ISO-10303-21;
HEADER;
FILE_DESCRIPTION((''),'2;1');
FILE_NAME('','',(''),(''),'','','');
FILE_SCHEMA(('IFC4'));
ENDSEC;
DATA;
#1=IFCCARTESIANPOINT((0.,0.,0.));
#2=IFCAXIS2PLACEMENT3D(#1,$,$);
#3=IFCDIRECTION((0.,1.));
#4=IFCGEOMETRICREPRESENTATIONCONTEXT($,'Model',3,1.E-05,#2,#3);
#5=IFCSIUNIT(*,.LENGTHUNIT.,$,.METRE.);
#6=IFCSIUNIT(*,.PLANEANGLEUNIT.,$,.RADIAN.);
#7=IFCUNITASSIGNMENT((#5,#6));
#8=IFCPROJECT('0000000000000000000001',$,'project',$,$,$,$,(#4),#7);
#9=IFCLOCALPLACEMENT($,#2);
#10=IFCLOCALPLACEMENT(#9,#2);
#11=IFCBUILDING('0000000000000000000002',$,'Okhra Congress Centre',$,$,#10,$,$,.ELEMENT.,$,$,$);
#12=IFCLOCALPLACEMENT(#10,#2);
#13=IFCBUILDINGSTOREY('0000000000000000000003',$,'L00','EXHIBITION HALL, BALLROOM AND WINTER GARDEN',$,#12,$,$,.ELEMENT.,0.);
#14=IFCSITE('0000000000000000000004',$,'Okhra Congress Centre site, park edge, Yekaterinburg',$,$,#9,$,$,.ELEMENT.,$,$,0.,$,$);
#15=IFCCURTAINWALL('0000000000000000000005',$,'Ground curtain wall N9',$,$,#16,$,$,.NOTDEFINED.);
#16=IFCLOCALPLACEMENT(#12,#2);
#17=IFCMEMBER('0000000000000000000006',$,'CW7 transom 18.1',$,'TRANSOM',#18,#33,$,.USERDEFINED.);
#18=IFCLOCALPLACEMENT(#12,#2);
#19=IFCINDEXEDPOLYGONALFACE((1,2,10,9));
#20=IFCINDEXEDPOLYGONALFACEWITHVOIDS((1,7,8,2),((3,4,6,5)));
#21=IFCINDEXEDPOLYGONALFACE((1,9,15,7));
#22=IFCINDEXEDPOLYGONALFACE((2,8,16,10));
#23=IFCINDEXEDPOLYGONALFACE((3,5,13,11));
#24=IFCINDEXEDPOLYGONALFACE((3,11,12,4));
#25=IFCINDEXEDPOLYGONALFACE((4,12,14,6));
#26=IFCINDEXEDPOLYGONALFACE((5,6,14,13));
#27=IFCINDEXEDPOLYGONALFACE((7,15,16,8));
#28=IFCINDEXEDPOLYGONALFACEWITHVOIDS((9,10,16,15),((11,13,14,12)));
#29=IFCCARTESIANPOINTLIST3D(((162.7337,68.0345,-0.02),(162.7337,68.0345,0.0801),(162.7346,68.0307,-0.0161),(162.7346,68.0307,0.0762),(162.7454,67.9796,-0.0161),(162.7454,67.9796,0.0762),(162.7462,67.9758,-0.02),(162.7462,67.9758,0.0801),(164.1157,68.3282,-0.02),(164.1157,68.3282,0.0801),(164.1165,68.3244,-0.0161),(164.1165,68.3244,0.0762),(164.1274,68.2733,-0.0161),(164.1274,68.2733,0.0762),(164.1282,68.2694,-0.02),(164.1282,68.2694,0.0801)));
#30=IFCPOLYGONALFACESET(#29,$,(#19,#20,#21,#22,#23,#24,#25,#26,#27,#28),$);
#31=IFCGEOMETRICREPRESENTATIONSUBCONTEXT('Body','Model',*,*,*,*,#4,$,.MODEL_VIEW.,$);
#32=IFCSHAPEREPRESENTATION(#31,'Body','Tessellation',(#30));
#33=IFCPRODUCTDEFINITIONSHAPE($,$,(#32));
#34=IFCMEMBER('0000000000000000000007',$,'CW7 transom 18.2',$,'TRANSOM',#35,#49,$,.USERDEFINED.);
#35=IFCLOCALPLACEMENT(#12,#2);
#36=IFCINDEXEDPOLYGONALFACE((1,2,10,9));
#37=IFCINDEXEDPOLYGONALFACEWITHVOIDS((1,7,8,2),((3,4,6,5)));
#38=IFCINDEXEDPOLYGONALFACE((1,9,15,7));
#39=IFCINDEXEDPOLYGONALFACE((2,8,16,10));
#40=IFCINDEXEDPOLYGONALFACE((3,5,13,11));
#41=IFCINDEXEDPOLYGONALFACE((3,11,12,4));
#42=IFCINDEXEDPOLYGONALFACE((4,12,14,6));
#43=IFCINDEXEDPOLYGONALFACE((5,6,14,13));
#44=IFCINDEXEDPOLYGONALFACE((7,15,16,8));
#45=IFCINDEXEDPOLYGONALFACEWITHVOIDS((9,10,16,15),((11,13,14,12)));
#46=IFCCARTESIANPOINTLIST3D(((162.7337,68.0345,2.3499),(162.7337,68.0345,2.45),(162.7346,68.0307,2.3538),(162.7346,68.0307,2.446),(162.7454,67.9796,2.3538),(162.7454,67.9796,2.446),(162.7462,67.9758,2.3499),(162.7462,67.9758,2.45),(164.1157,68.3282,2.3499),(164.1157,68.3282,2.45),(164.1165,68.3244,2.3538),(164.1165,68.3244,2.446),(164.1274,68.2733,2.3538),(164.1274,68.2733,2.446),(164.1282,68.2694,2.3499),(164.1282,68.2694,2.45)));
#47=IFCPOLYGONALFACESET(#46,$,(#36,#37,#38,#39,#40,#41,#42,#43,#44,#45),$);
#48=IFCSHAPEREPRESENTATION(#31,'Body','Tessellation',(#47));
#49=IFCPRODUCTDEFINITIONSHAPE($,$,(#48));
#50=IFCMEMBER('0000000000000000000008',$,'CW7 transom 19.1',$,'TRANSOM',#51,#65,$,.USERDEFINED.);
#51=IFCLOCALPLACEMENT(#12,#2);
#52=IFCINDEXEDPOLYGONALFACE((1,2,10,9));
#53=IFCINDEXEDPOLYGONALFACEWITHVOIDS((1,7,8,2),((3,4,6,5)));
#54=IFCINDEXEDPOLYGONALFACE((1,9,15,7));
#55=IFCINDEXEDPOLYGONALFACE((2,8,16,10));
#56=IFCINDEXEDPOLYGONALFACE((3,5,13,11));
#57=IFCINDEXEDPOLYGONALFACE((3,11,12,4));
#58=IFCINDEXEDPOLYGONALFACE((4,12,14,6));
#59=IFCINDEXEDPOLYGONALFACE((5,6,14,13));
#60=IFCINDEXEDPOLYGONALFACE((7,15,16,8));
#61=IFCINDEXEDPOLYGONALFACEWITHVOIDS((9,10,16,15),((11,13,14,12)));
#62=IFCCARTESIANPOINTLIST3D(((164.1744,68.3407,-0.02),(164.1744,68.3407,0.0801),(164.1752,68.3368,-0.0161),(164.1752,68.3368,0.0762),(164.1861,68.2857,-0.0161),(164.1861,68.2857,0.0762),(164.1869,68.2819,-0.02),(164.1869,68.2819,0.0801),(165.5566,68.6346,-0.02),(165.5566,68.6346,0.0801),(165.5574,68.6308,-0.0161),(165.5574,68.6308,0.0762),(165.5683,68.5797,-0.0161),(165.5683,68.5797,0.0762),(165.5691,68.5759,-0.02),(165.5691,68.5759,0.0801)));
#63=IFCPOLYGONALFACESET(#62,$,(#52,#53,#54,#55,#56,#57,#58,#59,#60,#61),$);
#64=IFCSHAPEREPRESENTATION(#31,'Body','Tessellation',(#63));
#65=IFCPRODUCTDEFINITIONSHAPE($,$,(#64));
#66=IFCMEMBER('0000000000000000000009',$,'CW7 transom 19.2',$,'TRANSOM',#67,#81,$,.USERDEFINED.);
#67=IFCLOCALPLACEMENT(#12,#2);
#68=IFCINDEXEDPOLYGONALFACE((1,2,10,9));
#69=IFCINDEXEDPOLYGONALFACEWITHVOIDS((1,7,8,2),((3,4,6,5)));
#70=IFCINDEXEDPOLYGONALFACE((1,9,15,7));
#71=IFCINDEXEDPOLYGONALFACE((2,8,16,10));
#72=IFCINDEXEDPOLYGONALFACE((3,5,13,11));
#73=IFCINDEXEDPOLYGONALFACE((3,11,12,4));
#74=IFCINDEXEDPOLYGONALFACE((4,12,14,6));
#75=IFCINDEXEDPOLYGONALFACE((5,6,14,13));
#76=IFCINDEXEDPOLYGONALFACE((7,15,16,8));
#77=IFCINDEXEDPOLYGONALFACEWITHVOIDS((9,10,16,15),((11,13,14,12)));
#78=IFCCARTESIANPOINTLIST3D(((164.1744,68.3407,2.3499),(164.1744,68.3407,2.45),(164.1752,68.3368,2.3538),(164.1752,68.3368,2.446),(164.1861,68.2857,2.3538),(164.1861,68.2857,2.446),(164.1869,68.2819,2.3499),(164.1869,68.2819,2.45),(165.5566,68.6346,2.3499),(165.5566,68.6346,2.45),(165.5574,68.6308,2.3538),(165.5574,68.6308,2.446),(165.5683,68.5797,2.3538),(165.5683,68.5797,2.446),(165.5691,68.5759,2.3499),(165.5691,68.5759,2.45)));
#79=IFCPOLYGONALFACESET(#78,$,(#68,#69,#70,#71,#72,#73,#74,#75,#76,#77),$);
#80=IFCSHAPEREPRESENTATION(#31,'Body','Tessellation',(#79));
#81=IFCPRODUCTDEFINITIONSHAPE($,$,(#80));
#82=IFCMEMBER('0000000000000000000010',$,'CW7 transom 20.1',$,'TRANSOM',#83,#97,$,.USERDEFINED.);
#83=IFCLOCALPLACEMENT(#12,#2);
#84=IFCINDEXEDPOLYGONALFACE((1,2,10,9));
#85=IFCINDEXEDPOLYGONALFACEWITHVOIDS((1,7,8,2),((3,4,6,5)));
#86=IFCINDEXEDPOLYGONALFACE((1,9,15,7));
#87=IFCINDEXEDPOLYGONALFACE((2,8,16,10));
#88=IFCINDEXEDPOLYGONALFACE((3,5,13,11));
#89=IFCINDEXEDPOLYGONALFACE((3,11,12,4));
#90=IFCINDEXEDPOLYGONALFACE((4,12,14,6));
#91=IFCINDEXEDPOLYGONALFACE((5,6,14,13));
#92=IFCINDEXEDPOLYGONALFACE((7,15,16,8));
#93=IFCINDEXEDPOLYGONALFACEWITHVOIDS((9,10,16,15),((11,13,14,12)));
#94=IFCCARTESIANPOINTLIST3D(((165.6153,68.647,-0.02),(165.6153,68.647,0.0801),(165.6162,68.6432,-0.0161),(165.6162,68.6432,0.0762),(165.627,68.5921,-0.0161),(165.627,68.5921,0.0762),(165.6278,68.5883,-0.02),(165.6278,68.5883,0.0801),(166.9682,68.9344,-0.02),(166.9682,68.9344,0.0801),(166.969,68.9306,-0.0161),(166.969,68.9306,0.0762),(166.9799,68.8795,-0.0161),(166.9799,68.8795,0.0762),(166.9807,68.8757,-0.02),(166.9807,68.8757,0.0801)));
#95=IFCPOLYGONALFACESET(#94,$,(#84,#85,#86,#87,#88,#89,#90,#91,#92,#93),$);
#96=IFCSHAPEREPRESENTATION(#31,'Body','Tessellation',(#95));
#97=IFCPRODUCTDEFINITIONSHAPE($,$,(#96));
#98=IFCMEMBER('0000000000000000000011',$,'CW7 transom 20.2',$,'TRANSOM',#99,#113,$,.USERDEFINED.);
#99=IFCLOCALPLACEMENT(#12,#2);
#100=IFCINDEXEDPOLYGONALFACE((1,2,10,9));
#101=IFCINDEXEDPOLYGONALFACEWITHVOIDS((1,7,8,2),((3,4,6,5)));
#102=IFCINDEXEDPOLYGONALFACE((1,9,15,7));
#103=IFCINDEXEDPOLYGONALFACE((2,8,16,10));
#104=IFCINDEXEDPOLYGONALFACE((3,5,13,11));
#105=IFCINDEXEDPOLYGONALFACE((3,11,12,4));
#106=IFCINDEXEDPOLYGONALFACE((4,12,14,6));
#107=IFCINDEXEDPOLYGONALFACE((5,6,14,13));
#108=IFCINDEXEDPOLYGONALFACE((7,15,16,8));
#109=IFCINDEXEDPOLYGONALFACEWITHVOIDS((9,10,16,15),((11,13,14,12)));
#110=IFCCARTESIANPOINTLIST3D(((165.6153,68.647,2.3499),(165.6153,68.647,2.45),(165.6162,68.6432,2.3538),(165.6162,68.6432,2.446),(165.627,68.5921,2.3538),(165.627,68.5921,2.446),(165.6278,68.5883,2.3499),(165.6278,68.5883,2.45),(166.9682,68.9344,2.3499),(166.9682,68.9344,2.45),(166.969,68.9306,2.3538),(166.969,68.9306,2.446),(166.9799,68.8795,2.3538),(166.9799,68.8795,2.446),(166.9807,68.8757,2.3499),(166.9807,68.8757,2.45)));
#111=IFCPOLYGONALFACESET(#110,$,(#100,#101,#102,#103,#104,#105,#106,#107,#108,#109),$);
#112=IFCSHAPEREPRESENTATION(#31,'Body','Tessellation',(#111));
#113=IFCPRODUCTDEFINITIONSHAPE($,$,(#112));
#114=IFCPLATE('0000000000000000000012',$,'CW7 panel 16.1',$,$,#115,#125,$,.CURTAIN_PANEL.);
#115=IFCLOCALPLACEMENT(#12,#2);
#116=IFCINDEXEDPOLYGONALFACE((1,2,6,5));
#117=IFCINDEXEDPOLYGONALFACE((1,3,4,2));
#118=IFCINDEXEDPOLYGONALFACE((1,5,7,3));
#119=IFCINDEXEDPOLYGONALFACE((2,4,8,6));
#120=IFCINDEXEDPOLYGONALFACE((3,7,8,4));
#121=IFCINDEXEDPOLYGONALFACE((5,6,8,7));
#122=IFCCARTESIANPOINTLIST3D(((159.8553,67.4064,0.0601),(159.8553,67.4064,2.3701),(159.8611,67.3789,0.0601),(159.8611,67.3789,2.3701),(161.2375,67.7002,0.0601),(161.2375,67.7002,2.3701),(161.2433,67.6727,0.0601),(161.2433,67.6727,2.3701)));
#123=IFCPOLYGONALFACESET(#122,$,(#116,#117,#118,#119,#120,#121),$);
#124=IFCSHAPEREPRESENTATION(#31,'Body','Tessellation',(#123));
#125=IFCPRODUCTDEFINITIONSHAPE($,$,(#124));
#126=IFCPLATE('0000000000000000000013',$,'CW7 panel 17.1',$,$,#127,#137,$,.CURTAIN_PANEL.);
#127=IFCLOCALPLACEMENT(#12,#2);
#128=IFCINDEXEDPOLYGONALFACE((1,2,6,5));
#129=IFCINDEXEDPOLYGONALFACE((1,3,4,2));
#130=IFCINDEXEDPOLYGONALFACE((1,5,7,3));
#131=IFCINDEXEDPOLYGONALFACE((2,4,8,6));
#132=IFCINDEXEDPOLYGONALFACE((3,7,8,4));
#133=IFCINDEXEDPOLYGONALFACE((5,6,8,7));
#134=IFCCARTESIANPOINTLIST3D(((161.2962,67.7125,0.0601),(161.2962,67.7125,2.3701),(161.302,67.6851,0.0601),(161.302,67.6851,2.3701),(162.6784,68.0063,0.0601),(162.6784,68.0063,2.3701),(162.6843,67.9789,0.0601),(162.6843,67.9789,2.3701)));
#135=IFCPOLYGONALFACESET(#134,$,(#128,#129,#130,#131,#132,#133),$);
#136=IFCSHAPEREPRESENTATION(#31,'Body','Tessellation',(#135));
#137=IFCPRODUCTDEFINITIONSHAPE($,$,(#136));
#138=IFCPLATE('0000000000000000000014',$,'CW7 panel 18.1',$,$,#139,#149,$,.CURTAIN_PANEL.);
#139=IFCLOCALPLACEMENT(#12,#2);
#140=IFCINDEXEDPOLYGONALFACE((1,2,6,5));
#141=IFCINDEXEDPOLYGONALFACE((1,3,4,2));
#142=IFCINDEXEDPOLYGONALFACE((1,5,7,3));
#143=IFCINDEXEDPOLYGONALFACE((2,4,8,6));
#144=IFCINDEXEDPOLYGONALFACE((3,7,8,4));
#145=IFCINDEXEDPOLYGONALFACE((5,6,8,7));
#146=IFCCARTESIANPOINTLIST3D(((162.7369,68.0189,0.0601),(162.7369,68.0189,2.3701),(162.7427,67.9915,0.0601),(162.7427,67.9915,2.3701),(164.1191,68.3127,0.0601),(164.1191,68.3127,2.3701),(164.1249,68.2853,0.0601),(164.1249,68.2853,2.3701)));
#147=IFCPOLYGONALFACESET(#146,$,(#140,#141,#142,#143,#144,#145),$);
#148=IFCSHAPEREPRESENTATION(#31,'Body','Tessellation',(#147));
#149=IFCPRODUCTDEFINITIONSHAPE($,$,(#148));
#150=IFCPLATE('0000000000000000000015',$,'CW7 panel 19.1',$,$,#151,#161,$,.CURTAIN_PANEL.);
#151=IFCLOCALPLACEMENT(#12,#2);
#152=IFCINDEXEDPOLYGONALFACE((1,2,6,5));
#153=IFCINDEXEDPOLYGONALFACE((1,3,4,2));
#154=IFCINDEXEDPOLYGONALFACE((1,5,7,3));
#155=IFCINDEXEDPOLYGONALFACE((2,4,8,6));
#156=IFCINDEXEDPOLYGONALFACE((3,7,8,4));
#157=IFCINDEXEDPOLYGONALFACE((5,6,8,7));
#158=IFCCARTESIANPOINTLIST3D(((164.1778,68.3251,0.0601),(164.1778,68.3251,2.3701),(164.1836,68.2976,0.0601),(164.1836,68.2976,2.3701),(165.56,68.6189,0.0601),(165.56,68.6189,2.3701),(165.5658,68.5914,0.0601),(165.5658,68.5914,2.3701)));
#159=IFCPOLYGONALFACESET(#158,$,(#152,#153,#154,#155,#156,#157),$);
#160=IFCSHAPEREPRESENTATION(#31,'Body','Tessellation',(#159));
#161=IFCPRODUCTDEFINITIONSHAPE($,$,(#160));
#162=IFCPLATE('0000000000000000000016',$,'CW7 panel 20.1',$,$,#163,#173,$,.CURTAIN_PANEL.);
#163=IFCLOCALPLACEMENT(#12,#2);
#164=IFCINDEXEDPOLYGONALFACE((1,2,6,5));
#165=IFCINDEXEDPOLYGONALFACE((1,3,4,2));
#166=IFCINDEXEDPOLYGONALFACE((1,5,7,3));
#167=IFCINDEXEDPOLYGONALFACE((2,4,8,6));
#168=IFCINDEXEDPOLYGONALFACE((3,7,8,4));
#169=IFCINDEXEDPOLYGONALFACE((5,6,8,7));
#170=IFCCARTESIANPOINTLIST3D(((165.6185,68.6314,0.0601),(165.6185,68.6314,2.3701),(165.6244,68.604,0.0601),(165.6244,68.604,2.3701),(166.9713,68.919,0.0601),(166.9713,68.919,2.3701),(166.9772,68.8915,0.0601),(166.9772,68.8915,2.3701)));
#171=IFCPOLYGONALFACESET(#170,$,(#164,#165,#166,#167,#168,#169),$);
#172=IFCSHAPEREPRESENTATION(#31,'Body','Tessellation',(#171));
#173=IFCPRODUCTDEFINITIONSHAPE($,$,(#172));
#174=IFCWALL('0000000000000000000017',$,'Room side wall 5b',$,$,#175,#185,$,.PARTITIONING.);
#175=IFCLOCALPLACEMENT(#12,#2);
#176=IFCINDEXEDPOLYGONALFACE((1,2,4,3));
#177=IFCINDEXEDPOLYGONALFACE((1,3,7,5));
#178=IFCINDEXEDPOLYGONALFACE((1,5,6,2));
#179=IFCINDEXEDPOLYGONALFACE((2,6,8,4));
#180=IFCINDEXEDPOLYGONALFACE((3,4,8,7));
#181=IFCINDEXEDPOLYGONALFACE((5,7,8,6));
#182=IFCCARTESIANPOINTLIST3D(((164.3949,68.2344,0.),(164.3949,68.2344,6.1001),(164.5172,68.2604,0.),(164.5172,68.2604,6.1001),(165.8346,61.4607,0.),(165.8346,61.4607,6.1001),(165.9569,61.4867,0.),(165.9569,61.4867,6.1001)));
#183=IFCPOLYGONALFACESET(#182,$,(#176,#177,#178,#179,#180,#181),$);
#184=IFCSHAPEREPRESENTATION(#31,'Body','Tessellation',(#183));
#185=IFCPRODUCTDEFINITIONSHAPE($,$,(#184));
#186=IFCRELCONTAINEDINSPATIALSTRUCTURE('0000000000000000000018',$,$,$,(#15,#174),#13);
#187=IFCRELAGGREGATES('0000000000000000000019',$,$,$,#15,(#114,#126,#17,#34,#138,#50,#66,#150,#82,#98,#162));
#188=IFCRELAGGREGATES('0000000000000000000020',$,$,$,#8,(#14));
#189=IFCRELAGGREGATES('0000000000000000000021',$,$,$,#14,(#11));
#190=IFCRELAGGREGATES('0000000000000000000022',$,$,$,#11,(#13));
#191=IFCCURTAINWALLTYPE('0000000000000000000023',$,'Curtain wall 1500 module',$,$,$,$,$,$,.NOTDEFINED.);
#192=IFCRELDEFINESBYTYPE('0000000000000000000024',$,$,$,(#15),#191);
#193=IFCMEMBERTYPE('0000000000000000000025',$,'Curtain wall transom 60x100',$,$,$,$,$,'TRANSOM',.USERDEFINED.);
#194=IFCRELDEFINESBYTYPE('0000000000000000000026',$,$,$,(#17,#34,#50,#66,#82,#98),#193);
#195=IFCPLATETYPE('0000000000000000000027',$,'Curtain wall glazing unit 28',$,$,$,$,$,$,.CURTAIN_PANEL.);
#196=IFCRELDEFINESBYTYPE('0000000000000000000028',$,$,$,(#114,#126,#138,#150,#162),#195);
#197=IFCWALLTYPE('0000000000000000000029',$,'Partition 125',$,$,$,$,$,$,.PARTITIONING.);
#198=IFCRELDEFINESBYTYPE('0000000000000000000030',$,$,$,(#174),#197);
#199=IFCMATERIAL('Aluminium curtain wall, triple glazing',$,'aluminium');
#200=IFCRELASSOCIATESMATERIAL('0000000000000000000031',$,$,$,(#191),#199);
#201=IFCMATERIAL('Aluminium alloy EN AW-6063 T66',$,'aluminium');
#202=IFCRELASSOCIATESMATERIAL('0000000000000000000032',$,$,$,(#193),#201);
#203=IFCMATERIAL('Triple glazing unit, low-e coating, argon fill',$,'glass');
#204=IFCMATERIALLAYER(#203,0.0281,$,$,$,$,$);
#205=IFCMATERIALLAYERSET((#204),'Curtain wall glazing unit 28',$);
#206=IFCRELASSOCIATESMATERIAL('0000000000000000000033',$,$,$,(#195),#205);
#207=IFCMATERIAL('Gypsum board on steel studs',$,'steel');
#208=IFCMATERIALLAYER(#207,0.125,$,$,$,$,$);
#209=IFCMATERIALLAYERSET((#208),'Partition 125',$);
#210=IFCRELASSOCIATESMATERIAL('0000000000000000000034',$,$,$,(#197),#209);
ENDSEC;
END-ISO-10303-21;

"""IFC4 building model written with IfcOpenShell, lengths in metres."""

from ifc_helpers import new_model, si_unit, direction, frame, frame_2d, origin, origin_2d, place, context, subcontext, project, spatial, rectangle, hollow_rectangle, extrude, material, layer, layer_set, material_profile, profile_set, type_object, element, aggregate, save


model = new_model("IFC4")

# Units and contexts
model_context = context("Model", 3, precision=1e-05, world=origin(), true_north=direction((0.0, 1.0)))
body_context = subcontext(model_context, "Body", "Model", "MODEL_VIEW")
ifc_project = project(units=[si_unit("LENGTHUNIT", "METRE"), si_unit("PLANEANGLEUNIT", "RADIAN")], contexts=[model_context])

# Site, building, storey
site_placement = place(None, origin())
site = spatial("IfcSite", under=ifc_project, at=site_placement, Name="Okhra Congress Centre site, park edge, Yekaterinburg", CompositionType="ELEMENT", RefElevation=0.0)
building_placement = place(site_placement, origin())
building = spatial("IfcBuilding", under=site, at=building_placement, Name="Okhra Congress Centre", CompositionType="ELEMENT")
storey_placement = place(building_placement, origin())
storey = spatial("IfcBuildingStorey", under=building, at=storey_placement, Name="L00", Description="EXHIBITION HALL, BALLROOM AND WINTER GARDEN", CompositionType="ELEMENT", Elevation=0.0)

# Curtain wall, members, plates
ifc_material_1 = material(Name="Aluminium curtain wall, triple glazing", Category="aluminium")
curtain_wall_type = type_object("IfcCurtainWallType", Name="Curtain wall 1500 module", PredefinedType="NOTDEFINED", material=ifc_material_1)
curtain_wall_placement = place(storey_placement, origin())
curtain_wall = element("IfcCurtainWall", 1, at=curtain_wall_placement, inside=storey, type_object=curtain_wall_type, Name="Ground curtain wall N9", PredefinedType="NOTDEFINED")
ifc_material_2 = material(Name="Aluminium alloy EN AW-6063 T66", Category="aluminium")
ifc_material_profile_1 = material_profile(ifc_material_2, hollow_rectangle(XDim=0.0601, YDim=0.1001, WallThickness=0.0039, at=origin_2d()), Name="RHS 60x100x4")
ifc_profile_set_1 = profile_set([ifc_material_profile_1], Name="Aluminium alloy EN AW-6063 T66")
member_type_1 = type_object("IfcMemberType", Name="Curtain wall transom 60x100", ElementType="TRANSOM", PredefinedType="USERDEFINED", material=ifc_profile_set_1)
member_1_placement = place(storey_placement, frame((162.74, 68.0051, 0.03), z_axis=(0.978158, 0.207865, 0.0), x_axis=(-0.207865, 0.978158, 0.0)))
member_1 = element("IfcMember", 2, at=member_1_placement, type_object=member_type_1, Name="CW7 transom 18.1", ObjectType="TRANSOM", PredefinedType="USERDEFINED", context=body_context, shape_type="SweptSolid", body=[
    extrude(hollow_rectangle(XDim=0.0601, YDim=0.1001, WallThickness=0.0039, at=origin_2d()), origin(), (0.0, 0.0, 1.0), 1.4128),
])
member_2_placement = place(storey_placement, frame((162.74, 68.0051, 2.3999), z_axis=(0.978158, 0.207865, 0.0), x_axis=(-0.207865, 0.978158, 0.0)))
member_2 = element("IfcMember", 3, at=member_2_placement, type_object=member_type_1, Name="CW7 transom 18.2", ObjectType="TRANSOM", PredefinedType="USERDEFINED", context=body_context, shape_type="SweptSolid", body=[
    extrude(hollow_rectangle(XDim=0.0601, YDim=0.1001, WallThickness=0.0039, at=origin_2d()), origin(), (0.0, 0.0, 1.0), 1.4128),
])
member_3_placement = place(storey_placement, frame((164.1807, 68.3113, 0.03), z_axis=(0.978122, 0.20803, 0.0), x_axis=(-0.20803, 0.978122, 0.0)))
member_3 = element("IfcMember", 4, at=member_3_placement, type_object=member_type_1, Name="CW7 transom 19.1", ObjectType="TRANSOM", PredefinedType="USERDEFINED", context=body_context, shape_type="SweptSolid", body=[
    extrude(hollow_rectangle(XDim=0.0601, YDim=0.1001, WallThickness=0.0039, at=origin_2d()), origin(), (0.0, 0.0, 1.0), 1.4131),
])
member_4_placement = place(storey_placement, frame((164.1807, 68.3113, 2.3999), z_axis=(0.978122, 0.20803, 0.0), x_axis=(-0.20803, 0.978122, 0.0)))
member_4 = element("IfcMember", 5, at=member_4_placement, type_object=member_type_1, Name="CW7 transom 19.2", ObjectType="TRANSOM", PredefinedType="USERDEFINED", context=body_context, shape_type="SweptSolid", body=[
    extrude(hollow_rectangle(XDim=0.0601, YDim=0.1001, WallThickness=0.0039, at=origin_2d()), origin(), (0.0, 0.0, 1.0), 1.4131),
])
member_5_placement = place(storey_placement, frame((165.6216, 68.6177, 0.03), z_axis=(0.978175, 0.207781, 0.0), x_axis=(-0.207781, 0.978175, 0.0)))
member_5 = element("IfcMember", 6, at=member_5_placement, type_object=member_type_1, Name="CW7 transom 20.1", ObjectType="TRANSOM", PredefinedType="USERDEFINED", context=body_context, shape_type="SweptSolid", body=[
    extrude(hollow_rectangle(XDim=0.0601, YDim=0.1001, WallThickness=0.0039, at=origin_2d()), origin(), (0.0, 0.0, 1.0), 1.3831),
])
member_6_placement = place(storey_placement, frame((165.6216, 68.6177, 2.3999), z_axis=(0.978175, 0.207781, 0.0), x_axis=(-0.207781, 0.978175, 0.0)))
member_6 = element("IfcMember", 7, at=member_6_placement, type_object=member_type_1, Name="CW7 transom 20.2", ObjectType="TRANSOM", PredefinedType="USERDEFINED", context=body_context, shape_type="SweptSolid", body=[
    extrude(hollow_rectangle(XDim=0.0601, YDim=0.1001, WallThickness=0.0039, at=origin_2d()), origin(), (0.0, 0.0, 1.0), 1.3831),
])
ifc_material_3 = material(Name="Triple glazing unit, low-e coating, argon fill", Category="glass")
ifc_layer_1 = layer(ifc_material_3, 0.0281)
ifc_layer_set_1 = layer_set([ifc_layer_1], Name="Curtain wall glazing unit 28")
plate_type = type_object("IfcPlateType", Name="Curtain wall glazing unit 28", PredefinedType="CURTAIN_PANEL", material=ifc_layer_set_1)
plate_1_placement = place(storey_placement, frame((160.5493, 67.5396, 0.0601), z_axis=(0.0, 0.0, 1.0), x_axis=(0.978148, 0.207912, 0.0)))
plate_1 = element("IfcPlate", 8, at=plate_1_placement, type_object=plate_type, Name="CW7 panel 16.1", PredefinedType="CURTAIN_PANEL", context=body_context, shape_type="SweptSolid", body=[
    extrude(rectangle(XDim=1.4131, YDim=0.0281, at=origin_2d()), origin(), (0.0, 0.0, 1.0), 2.3101),
])
plate_2_placement = place(storey_placement, frame((161.9902, 67.8457, 0.0601), z_axis=(0.0, 0.0, 1.0), x_axis=(0.978148, 0.207912, 0.0)))
plate_2 = element("IfcPlate", 9, at=plate_2_placement, type_object=plate_type, Name="CW7 panel 17.1", PredefinedType="CURTAIN_PANEL", context=body_context, shape_type="SweptSolid", body=[
    extrude(rectangle(XDim=1.4131, YDim=0.0281, at=origin_2d()), origin(), (0.0, 0.0, 1.0), 2.3101),
])
plate_3_placement = place(storey_placement, frame((163.4309, 68.1521, 0.0601), z_axis=(0.0, 0.0, 1.0), x_axis=(0.978148, 0.207912, 0.0)))
plate_3 = element("IfcPlate", 10, at=plate_3_placement, type_object=plate_type, Name="CW7 panel 18.1", PredefinedType="CURTAIN_PANEL", context=body_context, shape_type="SweptSolid", body=[
    extrude(rectangle(XDim=1.4131, YDim=0.0281, at=origin_2d()), origin(), (0.0, 0.0, 1.0), 2.3101),
])
plate_4_placement = place(storey_placement, frame((164.8718, 68.4583, 0.0601), z_axis=(0.0, 0.0, 1.0), x_axis=(0.978148, 0.207912, 0.0)))
plate_4 = element("IfcPlate", 11, at=plate_4_placement, type_object=plate_type, Name="CW7 panel 19.1", PredefinedType="CURTAIN_PANEL", context=body_context, shape_type="SweptSolid", body=[
    extrude(rectangle(XDim=1.4131, YDim=0.0281, at=origin_2d()), origin(), (0.0, 0.0, 1.0), 2.3101),
])
plate_5_placement = place(storey_placement, frame((166.2979, 68.7615, 0.0601), z_axis=(0.0, 0.0, 1.0), x_axis=(0.978148, 0.207912, 0.0)))
plate_5 = element("IfcPlate", 12, at=plate_5_placement, type_object=plate_type, Name="CW7 panel 20.1", PredefinedType="CURTAIN_PANEL", context=body_context, shape_type="SweptSolid", body=[
    extrude(rectangle(XDim=1.3831, YDim=0.0281, at=origin_2d()), origin(), (0.0, 0.0, 1.0), 2.3101),
])
aggregate(curtain_wall, [plate_1, plate_2, member_1, member_2, plate_3, member_3, member_4, plate_4, member_5, member_6, plate_5])

# Wall
ifc_material_4 = material(Name="Gypsum board on steel studs", Category="steel")
ifc_layer_2 = layer(ifc_material_4, 0.125)
ifc_layer_set_2 = layer_set([ifc_layer_2], Name="Partition 125")
wall_type_1 = type_object("IfcWallType", Name="Partition 125", PredefinedType="PARTITIONING", material=ifc_layer_set_2)
wall_1_placement = place(storey_placement, frame((164.4561, 68.2473, 0.0), z_axis=(0.0, 0.0, 1.0), x_axis=(0.207899, -0.97815, 0.0)))
element("IfcWall", 13, at=wall_1_placement, inside=storey, type_object=wall_type_1, Name="Room side wall 5b", PredefinedType="PARTITIONING", context=body_context, shape_type="SweptSolid", body=[
    extrude(rectangle(XDim=6.925, YDim=0.125, at=frame_2d((3.4624, 0.0))), origin(), (0.0, 0.0, 1.0), 6.1001),
])

save(model, "model.ifc")
